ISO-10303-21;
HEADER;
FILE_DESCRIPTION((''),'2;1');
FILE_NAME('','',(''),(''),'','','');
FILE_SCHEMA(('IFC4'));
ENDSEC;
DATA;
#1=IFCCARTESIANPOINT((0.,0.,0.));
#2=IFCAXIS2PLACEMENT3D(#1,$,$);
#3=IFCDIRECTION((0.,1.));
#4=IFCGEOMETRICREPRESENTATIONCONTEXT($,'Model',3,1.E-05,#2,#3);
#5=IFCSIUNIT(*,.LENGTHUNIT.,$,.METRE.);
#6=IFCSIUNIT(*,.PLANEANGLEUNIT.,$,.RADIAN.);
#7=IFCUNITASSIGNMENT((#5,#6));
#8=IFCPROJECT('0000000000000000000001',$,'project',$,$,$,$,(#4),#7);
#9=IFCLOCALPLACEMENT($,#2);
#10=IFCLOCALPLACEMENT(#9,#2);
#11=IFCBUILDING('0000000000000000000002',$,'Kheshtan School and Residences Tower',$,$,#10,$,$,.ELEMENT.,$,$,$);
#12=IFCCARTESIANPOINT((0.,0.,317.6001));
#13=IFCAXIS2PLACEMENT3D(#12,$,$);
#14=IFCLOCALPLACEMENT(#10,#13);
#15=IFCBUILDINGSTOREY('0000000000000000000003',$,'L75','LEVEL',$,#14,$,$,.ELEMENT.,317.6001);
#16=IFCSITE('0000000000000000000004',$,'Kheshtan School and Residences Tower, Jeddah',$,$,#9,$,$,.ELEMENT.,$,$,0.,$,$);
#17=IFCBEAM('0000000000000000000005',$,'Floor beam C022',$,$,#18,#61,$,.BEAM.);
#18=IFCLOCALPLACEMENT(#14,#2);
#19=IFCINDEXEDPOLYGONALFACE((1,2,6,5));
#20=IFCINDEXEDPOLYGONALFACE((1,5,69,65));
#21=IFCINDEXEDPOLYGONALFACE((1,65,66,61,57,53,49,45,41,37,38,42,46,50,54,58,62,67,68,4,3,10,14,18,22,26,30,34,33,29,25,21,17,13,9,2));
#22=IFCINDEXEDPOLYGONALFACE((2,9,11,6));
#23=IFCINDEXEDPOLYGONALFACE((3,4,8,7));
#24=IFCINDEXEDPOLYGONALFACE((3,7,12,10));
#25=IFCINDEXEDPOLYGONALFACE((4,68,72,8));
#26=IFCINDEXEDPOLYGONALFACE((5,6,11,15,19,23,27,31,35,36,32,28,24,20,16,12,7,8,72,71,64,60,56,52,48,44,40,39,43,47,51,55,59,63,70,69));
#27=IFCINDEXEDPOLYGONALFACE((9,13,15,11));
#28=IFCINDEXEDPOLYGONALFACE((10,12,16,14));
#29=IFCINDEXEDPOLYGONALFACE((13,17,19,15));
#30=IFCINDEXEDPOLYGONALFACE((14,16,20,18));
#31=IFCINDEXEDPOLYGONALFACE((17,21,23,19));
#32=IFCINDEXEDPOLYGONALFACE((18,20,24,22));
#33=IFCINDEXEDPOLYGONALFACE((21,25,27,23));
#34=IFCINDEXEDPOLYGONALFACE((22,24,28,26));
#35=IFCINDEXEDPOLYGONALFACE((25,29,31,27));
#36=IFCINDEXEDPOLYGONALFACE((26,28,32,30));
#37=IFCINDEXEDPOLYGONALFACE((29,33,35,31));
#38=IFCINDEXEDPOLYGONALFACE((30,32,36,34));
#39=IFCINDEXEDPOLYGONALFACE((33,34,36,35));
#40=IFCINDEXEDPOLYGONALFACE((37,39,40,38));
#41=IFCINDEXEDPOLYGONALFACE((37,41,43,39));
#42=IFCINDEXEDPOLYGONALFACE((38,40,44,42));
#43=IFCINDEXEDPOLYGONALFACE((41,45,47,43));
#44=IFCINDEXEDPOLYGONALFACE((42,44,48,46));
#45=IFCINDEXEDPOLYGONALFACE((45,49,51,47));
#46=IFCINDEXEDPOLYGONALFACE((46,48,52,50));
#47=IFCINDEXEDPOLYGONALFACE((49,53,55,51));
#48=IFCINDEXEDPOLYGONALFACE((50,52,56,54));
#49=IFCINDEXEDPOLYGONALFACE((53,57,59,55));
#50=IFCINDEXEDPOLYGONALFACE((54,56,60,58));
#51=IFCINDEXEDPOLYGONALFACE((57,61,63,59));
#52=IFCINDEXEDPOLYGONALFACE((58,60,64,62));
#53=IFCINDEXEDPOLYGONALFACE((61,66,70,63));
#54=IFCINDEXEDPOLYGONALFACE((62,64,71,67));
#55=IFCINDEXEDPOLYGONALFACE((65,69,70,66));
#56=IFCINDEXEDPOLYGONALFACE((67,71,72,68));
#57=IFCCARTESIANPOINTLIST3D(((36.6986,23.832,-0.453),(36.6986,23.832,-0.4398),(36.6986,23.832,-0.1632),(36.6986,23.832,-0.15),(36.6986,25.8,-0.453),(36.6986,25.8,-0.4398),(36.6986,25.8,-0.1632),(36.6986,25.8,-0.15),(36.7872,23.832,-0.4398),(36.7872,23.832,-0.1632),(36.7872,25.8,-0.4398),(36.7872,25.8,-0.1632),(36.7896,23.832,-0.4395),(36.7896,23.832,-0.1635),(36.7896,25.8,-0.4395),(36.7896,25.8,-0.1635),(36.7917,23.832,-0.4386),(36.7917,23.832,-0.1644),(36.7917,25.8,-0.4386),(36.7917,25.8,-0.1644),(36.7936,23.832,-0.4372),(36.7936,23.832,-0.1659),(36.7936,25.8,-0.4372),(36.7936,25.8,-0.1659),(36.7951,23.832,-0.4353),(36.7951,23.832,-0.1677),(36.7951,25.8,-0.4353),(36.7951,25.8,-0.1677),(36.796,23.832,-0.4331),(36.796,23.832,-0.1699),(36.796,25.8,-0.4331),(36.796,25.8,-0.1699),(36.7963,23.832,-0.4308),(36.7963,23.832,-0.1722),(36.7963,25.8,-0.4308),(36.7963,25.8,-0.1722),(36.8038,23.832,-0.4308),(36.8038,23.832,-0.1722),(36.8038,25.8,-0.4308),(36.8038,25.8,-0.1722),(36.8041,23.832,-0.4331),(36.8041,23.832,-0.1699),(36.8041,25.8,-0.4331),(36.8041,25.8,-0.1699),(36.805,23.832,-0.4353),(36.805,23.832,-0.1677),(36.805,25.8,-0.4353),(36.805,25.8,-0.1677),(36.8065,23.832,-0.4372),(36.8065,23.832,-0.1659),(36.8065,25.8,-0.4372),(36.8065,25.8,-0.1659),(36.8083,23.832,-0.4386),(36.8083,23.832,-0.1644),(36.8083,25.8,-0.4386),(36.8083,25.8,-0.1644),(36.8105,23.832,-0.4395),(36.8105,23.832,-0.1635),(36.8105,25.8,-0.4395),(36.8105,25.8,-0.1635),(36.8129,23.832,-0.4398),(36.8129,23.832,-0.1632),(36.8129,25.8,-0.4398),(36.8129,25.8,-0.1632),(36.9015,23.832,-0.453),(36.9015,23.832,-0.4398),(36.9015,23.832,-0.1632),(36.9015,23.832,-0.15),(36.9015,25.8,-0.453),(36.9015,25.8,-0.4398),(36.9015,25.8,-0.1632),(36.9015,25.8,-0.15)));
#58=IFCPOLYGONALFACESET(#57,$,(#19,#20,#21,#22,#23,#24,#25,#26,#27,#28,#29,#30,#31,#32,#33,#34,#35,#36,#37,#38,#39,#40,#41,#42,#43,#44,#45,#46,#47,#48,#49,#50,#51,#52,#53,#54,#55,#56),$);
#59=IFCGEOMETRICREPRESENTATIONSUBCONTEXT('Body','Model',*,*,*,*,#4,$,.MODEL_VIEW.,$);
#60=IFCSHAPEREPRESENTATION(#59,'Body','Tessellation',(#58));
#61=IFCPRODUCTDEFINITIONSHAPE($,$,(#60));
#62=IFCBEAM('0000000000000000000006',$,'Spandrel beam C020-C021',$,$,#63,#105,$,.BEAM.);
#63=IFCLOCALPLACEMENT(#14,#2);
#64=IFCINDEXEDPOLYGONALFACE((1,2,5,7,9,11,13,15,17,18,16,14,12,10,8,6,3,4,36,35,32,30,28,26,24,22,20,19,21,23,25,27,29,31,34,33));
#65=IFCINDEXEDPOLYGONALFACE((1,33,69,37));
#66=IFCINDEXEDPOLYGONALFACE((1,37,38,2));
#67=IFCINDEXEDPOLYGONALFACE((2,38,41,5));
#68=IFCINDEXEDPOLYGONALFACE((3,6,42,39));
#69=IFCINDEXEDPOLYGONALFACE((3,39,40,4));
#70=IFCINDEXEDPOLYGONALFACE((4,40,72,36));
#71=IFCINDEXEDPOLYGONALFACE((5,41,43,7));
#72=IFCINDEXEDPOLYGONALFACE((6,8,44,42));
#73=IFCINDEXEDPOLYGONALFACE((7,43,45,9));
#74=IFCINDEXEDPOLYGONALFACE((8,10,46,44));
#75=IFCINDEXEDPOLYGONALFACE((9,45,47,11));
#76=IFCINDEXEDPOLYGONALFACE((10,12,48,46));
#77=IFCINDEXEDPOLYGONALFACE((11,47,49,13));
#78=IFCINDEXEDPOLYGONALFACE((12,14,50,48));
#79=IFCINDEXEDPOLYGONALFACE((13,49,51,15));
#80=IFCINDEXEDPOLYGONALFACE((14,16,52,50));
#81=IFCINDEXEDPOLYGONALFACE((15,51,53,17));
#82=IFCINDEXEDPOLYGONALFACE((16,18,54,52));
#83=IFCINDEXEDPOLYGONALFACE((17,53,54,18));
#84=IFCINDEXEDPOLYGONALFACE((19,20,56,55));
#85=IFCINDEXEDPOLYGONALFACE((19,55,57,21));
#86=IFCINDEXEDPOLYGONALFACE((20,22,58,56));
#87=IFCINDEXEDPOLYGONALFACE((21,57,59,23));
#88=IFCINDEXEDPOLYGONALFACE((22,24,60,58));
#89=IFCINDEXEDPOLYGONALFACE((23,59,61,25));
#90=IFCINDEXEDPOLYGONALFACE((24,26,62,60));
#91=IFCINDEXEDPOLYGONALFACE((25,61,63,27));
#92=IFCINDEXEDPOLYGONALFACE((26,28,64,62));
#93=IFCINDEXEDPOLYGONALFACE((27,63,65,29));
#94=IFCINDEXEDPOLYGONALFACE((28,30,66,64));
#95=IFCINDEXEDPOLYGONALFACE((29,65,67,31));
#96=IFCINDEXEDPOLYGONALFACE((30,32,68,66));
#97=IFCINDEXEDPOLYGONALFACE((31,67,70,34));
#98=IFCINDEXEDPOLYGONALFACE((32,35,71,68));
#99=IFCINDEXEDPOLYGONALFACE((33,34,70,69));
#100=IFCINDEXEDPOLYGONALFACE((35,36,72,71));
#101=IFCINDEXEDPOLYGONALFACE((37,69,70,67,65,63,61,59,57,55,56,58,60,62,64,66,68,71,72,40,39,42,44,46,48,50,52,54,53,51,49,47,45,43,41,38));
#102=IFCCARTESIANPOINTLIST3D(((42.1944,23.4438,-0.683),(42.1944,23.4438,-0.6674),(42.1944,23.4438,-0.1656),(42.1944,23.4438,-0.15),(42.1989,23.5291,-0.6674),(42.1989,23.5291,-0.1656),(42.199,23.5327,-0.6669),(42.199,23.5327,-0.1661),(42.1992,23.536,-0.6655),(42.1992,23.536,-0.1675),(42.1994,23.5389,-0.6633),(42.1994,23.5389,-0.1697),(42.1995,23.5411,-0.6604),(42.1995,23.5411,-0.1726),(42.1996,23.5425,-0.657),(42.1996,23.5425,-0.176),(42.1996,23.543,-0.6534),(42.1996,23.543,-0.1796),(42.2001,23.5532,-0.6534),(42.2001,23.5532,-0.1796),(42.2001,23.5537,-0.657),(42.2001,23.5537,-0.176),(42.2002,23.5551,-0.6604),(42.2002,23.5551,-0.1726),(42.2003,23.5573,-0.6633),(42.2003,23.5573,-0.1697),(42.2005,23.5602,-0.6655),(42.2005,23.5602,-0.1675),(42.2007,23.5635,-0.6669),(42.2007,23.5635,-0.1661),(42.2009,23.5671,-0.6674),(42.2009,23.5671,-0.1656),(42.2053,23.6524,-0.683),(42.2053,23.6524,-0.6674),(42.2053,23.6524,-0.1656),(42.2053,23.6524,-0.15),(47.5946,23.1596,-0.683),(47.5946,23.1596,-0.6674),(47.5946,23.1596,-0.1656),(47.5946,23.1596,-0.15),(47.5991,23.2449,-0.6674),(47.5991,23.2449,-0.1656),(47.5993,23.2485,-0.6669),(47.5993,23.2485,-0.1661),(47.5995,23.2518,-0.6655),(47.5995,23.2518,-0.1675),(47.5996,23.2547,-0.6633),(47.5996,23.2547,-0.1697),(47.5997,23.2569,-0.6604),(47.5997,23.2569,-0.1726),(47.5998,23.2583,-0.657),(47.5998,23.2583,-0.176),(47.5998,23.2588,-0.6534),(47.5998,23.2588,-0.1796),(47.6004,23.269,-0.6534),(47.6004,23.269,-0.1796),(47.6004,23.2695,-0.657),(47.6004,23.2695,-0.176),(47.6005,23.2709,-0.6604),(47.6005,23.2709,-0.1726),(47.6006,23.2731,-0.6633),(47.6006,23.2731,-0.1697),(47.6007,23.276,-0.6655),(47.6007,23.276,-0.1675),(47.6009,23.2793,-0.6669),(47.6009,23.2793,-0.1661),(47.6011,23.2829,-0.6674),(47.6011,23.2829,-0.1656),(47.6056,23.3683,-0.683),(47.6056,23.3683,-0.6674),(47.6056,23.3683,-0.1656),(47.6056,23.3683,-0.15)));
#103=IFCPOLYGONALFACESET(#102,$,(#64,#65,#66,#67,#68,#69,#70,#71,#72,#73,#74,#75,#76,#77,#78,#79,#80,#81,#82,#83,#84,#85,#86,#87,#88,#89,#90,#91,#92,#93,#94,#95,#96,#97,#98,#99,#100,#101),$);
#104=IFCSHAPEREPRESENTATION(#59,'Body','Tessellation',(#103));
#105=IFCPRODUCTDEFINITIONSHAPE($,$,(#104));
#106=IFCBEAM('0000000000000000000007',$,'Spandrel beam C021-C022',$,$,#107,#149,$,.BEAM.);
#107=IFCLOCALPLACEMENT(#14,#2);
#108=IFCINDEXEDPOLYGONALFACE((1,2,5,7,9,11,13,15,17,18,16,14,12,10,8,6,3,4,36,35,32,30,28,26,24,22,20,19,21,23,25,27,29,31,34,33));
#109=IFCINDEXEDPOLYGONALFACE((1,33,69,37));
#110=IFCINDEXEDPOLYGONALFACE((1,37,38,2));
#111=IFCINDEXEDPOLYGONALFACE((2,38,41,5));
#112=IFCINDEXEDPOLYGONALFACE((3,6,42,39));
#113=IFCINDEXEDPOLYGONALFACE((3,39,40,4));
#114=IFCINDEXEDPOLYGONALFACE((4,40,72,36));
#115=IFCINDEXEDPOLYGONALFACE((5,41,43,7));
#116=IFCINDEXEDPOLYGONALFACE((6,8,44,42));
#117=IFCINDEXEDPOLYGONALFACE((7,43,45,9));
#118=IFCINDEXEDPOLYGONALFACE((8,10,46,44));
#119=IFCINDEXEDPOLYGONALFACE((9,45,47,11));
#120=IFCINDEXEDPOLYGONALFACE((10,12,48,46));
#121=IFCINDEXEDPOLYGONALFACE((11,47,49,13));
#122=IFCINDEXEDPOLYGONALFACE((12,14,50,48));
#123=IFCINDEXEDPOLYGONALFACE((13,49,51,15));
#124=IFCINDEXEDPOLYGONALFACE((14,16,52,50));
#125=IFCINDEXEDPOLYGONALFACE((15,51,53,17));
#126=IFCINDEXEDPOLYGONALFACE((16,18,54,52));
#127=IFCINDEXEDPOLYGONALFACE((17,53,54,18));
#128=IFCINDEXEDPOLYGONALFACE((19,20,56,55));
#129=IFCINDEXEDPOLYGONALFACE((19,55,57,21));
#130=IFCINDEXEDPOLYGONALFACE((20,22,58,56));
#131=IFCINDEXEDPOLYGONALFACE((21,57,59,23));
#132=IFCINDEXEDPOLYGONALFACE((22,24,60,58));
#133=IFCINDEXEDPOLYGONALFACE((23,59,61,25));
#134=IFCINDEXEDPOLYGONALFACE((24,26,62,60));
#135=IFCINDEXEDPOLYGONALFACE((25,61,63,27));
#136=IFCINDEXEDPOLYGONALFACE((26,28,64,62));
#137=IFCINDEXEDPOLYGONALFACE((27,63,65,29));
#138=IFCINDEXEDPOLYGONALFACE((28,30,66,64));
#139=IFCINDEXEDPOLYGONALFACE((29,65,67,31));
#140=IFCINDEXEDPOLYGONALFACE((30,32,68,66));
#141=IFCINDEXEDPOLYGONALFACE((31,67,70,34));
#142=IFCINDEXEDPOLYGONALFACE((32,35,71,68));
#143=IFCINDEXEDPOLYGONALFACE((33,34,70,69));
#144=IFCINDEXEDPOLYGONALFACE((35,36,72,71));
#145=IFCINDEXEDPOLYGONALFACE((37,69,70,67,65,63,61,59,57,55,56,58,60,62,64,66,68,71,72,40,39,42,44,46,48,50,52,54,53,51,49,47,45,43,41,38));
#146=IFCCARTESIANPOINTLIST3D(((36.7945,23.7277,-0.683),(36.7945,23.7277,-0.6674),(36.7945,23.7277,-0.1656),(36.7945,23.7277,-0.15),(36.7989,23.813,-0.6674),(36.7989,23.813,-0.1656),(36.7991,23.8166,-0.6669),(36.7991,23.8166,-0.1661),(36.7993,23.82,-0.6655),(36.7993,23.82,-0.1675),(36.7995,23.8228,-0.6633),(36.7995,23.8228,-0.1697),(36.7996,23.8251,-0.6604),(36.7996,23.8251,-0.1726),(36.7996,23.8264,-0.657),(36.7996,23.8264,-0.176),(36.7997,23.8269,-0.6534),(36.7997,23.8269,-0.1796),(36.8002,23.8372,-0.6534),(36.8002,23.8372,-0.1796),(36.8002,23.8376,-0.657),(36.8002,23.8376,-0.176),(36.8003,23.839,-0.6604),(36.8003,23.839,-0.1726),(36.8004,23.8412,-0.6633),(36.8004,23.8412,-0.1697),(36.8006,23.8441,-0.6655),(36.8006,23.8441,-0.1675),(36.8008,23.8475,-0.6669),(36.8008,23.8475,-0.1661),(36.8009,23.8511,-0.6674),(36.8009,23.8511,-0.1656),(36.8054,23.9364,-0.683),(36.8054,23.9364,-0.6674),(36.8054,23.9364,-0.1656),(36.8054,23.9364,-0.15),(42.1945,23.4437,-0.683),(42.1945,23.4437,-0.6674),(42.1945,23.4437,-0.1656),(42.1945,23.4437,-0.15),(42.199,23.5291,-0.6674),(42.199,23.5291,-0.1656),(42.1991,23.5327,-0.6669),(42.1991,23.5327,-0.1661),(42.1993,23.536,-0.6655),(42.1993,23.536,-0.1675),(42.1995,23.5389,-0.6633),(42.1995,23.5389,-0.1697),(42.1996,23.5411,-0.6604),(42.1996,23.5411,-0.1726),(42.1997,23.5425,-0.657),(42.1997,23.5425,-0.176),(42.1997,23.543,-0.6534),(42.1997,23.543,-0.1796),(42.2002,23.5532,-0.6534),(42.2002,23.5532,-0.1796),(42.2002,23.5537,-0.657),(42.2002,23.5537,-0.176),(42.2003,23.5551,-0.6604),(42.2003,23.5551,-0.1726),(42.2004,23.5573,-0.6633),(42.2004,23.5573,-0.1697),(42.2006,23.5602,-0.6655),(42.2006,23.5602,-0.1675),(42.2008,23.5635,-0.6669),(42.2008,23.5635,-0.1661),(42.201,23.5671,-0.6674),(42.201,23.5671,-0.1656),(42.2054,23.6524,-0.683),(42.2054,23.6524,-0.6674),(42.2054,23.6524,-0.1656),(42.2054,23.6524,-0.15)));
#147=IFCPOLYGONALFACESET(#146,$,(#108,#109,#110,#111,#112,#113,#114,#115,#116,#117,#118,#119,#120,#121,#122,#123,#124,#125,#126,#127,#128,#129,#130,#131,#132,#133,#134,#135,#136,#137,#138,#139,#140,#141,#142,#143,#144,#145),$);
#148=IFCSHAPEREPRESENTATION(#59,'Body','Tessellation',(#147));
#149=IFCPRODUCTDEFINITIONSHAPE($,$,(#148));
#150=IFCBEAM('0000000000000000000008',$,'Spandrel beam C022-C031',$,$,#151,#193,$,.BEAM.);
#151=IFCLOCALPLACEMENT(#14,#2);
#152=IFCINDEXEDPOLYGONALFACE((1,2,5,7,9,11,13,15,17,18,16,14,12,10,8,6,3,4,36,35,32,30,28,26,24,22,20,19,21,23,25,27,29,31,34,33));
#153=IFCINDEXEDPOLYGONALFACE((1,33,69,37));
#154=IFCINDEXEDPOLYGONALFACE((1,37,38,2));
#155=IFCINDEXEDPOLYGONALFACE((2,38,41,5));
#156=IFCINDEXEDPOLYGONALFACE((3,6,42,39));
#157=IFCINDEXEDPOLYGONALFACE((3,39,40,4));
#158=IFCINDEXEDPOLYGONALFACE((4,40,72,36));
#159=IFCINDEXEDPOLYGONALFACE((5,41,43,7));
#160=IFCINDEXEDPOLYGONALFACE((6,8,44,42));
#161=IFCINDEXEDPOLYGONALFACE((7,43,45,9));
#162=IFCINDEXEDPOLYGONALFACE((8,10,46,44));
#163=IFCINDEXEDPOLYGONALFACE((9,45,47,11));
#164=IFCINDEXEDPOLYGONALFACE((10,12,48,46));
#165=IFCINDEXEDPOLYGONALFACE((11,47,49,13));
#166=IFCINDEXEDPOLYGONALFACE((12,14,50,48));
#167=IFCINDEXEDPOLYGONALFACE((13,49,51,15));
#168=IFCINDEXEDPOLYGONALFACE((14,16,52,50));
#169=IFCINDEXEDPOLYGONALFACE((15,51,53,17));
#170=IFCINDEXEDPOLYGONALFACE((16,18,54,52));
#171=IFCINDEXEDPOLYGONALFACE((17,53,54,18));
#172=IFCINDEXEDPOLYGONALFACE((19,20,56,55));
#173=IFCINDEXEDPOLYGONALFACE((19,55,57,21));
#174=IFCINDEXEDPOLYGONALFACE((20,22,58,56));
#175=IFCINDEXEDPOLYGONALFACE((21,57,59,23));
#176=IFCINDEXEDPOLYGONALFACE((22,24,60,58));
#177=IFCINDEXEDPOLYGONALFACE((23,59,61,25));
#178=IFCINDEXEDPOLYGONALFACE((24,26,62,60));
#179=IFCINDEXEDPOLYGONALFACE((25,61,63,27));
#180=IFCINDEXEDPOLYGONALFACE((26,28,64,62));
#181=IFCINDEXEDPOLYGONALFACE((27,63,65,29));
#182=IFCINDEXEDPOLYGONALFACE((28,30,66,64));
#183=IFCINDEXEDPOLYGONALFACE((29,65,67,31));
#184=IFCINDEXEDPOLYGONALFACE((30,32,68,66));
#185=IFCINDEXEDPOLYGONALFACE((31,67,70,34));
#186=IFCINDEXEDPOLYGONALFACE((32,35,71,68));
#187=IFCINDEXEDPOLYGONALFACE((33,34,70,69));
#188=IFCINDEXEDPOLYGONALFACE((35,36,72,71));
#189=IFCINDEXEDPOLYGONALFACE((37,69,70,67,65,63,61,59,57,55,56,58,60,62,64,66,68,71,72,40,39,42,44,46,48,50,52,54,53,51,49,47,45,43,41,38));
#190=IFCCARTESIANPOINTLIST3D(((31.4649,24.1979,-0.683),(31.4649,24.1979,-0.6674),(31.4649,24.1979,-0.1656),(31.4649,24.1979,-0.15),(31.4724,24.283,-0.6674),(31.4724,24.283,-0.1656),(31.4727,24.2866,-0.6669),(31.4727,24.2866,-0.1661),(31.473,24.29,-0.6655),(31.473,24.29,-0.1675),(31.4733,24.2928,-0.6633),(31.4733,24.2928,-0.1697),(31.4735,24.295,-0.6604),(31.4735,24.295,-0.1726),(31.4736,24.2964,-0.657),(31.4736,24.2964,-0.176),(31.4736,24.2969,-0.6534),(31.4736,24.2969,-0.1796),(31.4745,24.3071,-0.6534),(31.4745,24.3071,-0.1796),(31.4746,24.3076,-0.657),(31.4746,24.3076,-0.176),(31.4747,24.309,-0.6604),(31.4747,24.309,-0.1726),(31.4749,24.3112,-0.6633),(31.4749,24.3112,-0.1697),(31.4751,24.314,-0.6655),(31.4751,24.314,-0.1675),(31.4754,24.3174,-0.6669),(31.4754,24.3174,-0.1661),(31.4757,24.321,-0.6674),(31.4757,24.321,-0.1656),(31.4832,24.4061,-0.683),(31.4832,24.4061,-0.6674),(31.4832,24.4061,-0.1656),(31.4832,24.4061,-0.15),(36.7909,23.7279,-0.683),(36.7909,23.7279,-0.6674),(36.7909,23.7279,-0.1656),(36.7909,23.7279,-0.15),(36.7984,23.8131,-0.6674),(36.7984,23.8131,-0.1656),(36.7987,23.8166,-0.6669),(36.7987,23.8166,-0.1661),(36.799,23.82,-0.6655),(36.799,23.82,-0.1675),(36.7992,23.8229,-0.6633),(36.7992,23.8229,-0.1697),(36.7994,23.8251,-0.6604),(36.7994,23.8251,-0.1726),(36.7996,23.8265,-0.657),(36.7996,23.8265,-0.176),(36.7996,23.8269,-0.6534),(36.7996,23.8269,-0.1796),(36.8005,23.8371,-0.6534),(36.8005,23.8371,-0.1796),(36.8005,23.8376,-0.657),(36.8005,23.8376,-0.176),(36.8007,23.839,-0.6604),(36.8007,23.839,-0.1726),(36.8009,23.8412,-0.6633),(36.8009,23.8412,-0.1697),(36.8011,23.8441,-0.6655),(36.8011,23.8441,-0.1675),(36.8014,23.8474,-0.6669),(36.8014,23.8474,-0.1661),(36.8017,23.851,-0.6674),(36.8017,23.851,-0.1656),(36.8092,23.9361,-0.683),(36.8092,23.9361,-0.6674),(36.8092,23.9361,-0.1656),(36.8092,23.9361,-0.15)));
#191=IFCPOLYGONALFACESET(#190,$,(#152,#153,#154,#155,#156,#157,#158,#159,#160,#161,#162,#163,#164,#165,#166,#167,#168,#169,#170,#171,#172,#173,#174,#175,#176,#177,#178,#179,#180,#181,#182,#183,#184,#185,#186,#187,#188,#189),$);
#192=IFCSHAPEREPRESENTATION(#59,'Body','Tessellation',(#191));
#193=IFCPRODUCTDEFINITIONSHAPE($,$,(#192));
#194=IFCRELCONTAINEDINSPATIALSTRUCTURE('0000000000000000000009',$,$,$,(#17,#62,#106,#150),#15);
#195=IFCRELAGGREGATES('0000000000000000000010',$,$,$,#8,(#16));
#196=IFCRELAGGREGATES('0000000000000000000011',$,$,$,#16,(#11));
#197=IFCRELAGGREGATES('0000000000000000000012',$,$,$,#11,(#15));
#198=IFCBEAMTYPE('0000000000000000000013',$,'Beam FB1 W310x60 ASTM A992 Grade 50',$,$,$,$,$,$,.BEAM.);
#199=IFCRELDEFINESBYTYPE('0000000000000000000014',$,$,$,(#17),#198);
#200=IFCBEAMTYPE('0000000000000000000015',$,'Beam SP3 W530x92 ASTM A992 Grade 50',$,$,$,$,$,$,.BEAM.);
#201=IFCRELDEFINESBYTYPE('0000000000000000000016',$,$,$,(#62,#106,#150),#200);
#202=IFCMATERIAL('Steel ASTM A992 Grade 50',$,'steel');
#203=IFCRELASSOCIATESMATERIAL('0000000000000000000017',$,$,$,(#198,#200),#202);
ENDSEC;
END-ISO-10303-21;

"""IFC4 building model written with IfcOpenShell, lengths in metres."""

from ifc_helpers import new_model, si_unit, direction, frame, origin, origin_2d, place, context, subcontext, project, spatial, i_section, extrude, material, material_profile, profile_set, type_object, element, save


model = new_model("IFC4")

# Units and contexts
model_context = context("Model", 3, precision=1e-05, world=origin(), true_north=direction((0.0, 1.0)))
body_context = subcontext(model_context, "Body", "Model", "MODEL_VIEW")
ifc_project = project(units=[si_unit("LENGTHUNIT", "METRE"), si_unit("PLANEANGLEUNIT", "RADIAN")], contexts=[model_context])

# Site, building, storey
site_placement = place(None, origin())
site = spatial("IfcSite", under=ifc_project, at=site_placement, Name="Kheshtan School and Residences Tower, Jeddah", CompositionType="ELEMENT", RefElevation=0.0)
building_placement = place(site_placement, origin())
building = spatial("IfcBuilding", under=site, at=building_placement, Name="Kheshtan School and Residences Tower", CompositionType="ELEMENT")
storey_placement = place(building_placement, frame((0.0, 0.0, 317.6001)))
storey = spatial("IfcBuildingStorey", under=building, at=storey_placement, Name="L75", Description="LEVEL", CompositionType="ELEMENT", Elevation=317.6001)

# Shared definitions
ifc_material_1 = material(Name="Steel ASTM A992 Grade 50", Category="steel")

# Beams
ifc_material_profile_1 = material_profile(ifc_material_1, i_section(OverallWidth=0.2029, OverallDepth=0.303, WebThickness=0.0076, FlangeThickness=0.0132, FilletRadius=0.009, at=origin_2d()), Name="W310x60")
ifc_profile_set_1 = profile_set([ifc_material_profile_1], Name="Steel ASTM A992 Grade 50")
beam_type_1 = type_object("IfcBeamType", Name="Beam FB1 W310x60 ASTM A992 Grade 50", PredefinedType="BEAM", material=ifc_profile_set_1)
beam_1_placement = place(storey_placement, frame((36.8, 23.832, -0.3015), z_axis=(0.0, 1.0, 0.0), x_axis=(-1.0, 0.0, 0.0)))
element("IfcBeam", 1, at=beam_1_placement, inside=storey, type_object=beam_type_1, Name="Floor beam C022", PredefinedType="BEAM", context=body_context, shape_type="SweptSolid", body=[
    extrude(i_section(OverallWidth=0.2029, OverallDepth=0.303, WebThickness=0.0076, FlangeThickness=0.0132, FilletRadius=0.009, at=origin_2d()), origin(), (0.0, 0.0, 1.0), 1.968),
])
ifc_material_profile_2 = material_profile(ifc_material_1, i_section(OverallWidth=0.209, OverallDepth=0.533, WebThickness=0.0103, FlangeThickness=0.0156, FilletRadius=0.0139, at=origin_2d()), Name="W530x92")
ifc_profile_set_2 = profile_set([ifc_material_profile_2], Name="Steel ASTM A992 Grade 50")
beam_type_2 = type_object("IfcBeamType", Name="Beam SP3 W530x92 ASTM A992 Grade 50", PredefinedType="BEAM", material=ifc_profile_set_2)
beam_2_placement = place(storey_placement, frame((47.6001, 23.2639, -0.4165), z_axis=(-0.998618, 0.052552, 0.0), x_axis=(-0.052552, -0.998618, 0.0)))
element("IfcBeam", 2, at=beam_2_placement, inside=storey, type_object=beam_type_2, Name="Spandrel beam C020-C021", PredefinedType="BEAM", context=body_context, shape_type="SweptSolid", body=[
    extrude(i_section(OverallWidth=0.209, OverallDepth=0.533, WebThickness=0.0103, FlangeThickness=0.0156, FilletRadius=0.0139, at=origin_2d()), origin(), (0.0, 0.0, 1.0), 5.4077),
])
beam_3_placement = place(storey_placement, frame((42.2, 23.5481, -0.4165), z_axis=(-0.99862, 0.052509, 0.0), x_axis=(-0.052509, -0.99862, 0.0)))
element("IfcBeam", 3, at=beam_3_placement, inside=storey, type_object=beam_type_2, Name="Spandrel beam C021-C022", PredefinedType="BEAM", context=body_context, shape_type="SweptSolid", body=[
    extrude(i_section(OverallWidth=0.209, OverallDepth=0.533, WebThickness=0.0103, FlangeThickness=0.0156, FilletRadius=0.0139, at=origin_2d()), origin(), (0.0, 0.0, 1.0), 5.4075),
])
beam_4_placement = place(storey_placement, frame((36.8, 23.832, -0.4165), z_axis=(-0.996129, 0.0879, 0.0), x_axis=(-0.0879, -0.996129, 0.0)))
element("IfcBeam", 4, at=beam_4_placement, inside=storey, type_object=beam_type_2, Name="Spandrel beam C022-C031", PredefinedType="BEAM", context=body_context, shape_type="SweptSolid", body=[
    extrude(i_section(OverallWidth=0.209, OverallDepth=0.533, WebThickness=0.0103, FlangeThickness=0.0156, FilletRadius=0.0139, at=origin_2d()), origin(), (0.0, 0.0, 1.0), 5.3467),
])

save(model, "model.ifc")
